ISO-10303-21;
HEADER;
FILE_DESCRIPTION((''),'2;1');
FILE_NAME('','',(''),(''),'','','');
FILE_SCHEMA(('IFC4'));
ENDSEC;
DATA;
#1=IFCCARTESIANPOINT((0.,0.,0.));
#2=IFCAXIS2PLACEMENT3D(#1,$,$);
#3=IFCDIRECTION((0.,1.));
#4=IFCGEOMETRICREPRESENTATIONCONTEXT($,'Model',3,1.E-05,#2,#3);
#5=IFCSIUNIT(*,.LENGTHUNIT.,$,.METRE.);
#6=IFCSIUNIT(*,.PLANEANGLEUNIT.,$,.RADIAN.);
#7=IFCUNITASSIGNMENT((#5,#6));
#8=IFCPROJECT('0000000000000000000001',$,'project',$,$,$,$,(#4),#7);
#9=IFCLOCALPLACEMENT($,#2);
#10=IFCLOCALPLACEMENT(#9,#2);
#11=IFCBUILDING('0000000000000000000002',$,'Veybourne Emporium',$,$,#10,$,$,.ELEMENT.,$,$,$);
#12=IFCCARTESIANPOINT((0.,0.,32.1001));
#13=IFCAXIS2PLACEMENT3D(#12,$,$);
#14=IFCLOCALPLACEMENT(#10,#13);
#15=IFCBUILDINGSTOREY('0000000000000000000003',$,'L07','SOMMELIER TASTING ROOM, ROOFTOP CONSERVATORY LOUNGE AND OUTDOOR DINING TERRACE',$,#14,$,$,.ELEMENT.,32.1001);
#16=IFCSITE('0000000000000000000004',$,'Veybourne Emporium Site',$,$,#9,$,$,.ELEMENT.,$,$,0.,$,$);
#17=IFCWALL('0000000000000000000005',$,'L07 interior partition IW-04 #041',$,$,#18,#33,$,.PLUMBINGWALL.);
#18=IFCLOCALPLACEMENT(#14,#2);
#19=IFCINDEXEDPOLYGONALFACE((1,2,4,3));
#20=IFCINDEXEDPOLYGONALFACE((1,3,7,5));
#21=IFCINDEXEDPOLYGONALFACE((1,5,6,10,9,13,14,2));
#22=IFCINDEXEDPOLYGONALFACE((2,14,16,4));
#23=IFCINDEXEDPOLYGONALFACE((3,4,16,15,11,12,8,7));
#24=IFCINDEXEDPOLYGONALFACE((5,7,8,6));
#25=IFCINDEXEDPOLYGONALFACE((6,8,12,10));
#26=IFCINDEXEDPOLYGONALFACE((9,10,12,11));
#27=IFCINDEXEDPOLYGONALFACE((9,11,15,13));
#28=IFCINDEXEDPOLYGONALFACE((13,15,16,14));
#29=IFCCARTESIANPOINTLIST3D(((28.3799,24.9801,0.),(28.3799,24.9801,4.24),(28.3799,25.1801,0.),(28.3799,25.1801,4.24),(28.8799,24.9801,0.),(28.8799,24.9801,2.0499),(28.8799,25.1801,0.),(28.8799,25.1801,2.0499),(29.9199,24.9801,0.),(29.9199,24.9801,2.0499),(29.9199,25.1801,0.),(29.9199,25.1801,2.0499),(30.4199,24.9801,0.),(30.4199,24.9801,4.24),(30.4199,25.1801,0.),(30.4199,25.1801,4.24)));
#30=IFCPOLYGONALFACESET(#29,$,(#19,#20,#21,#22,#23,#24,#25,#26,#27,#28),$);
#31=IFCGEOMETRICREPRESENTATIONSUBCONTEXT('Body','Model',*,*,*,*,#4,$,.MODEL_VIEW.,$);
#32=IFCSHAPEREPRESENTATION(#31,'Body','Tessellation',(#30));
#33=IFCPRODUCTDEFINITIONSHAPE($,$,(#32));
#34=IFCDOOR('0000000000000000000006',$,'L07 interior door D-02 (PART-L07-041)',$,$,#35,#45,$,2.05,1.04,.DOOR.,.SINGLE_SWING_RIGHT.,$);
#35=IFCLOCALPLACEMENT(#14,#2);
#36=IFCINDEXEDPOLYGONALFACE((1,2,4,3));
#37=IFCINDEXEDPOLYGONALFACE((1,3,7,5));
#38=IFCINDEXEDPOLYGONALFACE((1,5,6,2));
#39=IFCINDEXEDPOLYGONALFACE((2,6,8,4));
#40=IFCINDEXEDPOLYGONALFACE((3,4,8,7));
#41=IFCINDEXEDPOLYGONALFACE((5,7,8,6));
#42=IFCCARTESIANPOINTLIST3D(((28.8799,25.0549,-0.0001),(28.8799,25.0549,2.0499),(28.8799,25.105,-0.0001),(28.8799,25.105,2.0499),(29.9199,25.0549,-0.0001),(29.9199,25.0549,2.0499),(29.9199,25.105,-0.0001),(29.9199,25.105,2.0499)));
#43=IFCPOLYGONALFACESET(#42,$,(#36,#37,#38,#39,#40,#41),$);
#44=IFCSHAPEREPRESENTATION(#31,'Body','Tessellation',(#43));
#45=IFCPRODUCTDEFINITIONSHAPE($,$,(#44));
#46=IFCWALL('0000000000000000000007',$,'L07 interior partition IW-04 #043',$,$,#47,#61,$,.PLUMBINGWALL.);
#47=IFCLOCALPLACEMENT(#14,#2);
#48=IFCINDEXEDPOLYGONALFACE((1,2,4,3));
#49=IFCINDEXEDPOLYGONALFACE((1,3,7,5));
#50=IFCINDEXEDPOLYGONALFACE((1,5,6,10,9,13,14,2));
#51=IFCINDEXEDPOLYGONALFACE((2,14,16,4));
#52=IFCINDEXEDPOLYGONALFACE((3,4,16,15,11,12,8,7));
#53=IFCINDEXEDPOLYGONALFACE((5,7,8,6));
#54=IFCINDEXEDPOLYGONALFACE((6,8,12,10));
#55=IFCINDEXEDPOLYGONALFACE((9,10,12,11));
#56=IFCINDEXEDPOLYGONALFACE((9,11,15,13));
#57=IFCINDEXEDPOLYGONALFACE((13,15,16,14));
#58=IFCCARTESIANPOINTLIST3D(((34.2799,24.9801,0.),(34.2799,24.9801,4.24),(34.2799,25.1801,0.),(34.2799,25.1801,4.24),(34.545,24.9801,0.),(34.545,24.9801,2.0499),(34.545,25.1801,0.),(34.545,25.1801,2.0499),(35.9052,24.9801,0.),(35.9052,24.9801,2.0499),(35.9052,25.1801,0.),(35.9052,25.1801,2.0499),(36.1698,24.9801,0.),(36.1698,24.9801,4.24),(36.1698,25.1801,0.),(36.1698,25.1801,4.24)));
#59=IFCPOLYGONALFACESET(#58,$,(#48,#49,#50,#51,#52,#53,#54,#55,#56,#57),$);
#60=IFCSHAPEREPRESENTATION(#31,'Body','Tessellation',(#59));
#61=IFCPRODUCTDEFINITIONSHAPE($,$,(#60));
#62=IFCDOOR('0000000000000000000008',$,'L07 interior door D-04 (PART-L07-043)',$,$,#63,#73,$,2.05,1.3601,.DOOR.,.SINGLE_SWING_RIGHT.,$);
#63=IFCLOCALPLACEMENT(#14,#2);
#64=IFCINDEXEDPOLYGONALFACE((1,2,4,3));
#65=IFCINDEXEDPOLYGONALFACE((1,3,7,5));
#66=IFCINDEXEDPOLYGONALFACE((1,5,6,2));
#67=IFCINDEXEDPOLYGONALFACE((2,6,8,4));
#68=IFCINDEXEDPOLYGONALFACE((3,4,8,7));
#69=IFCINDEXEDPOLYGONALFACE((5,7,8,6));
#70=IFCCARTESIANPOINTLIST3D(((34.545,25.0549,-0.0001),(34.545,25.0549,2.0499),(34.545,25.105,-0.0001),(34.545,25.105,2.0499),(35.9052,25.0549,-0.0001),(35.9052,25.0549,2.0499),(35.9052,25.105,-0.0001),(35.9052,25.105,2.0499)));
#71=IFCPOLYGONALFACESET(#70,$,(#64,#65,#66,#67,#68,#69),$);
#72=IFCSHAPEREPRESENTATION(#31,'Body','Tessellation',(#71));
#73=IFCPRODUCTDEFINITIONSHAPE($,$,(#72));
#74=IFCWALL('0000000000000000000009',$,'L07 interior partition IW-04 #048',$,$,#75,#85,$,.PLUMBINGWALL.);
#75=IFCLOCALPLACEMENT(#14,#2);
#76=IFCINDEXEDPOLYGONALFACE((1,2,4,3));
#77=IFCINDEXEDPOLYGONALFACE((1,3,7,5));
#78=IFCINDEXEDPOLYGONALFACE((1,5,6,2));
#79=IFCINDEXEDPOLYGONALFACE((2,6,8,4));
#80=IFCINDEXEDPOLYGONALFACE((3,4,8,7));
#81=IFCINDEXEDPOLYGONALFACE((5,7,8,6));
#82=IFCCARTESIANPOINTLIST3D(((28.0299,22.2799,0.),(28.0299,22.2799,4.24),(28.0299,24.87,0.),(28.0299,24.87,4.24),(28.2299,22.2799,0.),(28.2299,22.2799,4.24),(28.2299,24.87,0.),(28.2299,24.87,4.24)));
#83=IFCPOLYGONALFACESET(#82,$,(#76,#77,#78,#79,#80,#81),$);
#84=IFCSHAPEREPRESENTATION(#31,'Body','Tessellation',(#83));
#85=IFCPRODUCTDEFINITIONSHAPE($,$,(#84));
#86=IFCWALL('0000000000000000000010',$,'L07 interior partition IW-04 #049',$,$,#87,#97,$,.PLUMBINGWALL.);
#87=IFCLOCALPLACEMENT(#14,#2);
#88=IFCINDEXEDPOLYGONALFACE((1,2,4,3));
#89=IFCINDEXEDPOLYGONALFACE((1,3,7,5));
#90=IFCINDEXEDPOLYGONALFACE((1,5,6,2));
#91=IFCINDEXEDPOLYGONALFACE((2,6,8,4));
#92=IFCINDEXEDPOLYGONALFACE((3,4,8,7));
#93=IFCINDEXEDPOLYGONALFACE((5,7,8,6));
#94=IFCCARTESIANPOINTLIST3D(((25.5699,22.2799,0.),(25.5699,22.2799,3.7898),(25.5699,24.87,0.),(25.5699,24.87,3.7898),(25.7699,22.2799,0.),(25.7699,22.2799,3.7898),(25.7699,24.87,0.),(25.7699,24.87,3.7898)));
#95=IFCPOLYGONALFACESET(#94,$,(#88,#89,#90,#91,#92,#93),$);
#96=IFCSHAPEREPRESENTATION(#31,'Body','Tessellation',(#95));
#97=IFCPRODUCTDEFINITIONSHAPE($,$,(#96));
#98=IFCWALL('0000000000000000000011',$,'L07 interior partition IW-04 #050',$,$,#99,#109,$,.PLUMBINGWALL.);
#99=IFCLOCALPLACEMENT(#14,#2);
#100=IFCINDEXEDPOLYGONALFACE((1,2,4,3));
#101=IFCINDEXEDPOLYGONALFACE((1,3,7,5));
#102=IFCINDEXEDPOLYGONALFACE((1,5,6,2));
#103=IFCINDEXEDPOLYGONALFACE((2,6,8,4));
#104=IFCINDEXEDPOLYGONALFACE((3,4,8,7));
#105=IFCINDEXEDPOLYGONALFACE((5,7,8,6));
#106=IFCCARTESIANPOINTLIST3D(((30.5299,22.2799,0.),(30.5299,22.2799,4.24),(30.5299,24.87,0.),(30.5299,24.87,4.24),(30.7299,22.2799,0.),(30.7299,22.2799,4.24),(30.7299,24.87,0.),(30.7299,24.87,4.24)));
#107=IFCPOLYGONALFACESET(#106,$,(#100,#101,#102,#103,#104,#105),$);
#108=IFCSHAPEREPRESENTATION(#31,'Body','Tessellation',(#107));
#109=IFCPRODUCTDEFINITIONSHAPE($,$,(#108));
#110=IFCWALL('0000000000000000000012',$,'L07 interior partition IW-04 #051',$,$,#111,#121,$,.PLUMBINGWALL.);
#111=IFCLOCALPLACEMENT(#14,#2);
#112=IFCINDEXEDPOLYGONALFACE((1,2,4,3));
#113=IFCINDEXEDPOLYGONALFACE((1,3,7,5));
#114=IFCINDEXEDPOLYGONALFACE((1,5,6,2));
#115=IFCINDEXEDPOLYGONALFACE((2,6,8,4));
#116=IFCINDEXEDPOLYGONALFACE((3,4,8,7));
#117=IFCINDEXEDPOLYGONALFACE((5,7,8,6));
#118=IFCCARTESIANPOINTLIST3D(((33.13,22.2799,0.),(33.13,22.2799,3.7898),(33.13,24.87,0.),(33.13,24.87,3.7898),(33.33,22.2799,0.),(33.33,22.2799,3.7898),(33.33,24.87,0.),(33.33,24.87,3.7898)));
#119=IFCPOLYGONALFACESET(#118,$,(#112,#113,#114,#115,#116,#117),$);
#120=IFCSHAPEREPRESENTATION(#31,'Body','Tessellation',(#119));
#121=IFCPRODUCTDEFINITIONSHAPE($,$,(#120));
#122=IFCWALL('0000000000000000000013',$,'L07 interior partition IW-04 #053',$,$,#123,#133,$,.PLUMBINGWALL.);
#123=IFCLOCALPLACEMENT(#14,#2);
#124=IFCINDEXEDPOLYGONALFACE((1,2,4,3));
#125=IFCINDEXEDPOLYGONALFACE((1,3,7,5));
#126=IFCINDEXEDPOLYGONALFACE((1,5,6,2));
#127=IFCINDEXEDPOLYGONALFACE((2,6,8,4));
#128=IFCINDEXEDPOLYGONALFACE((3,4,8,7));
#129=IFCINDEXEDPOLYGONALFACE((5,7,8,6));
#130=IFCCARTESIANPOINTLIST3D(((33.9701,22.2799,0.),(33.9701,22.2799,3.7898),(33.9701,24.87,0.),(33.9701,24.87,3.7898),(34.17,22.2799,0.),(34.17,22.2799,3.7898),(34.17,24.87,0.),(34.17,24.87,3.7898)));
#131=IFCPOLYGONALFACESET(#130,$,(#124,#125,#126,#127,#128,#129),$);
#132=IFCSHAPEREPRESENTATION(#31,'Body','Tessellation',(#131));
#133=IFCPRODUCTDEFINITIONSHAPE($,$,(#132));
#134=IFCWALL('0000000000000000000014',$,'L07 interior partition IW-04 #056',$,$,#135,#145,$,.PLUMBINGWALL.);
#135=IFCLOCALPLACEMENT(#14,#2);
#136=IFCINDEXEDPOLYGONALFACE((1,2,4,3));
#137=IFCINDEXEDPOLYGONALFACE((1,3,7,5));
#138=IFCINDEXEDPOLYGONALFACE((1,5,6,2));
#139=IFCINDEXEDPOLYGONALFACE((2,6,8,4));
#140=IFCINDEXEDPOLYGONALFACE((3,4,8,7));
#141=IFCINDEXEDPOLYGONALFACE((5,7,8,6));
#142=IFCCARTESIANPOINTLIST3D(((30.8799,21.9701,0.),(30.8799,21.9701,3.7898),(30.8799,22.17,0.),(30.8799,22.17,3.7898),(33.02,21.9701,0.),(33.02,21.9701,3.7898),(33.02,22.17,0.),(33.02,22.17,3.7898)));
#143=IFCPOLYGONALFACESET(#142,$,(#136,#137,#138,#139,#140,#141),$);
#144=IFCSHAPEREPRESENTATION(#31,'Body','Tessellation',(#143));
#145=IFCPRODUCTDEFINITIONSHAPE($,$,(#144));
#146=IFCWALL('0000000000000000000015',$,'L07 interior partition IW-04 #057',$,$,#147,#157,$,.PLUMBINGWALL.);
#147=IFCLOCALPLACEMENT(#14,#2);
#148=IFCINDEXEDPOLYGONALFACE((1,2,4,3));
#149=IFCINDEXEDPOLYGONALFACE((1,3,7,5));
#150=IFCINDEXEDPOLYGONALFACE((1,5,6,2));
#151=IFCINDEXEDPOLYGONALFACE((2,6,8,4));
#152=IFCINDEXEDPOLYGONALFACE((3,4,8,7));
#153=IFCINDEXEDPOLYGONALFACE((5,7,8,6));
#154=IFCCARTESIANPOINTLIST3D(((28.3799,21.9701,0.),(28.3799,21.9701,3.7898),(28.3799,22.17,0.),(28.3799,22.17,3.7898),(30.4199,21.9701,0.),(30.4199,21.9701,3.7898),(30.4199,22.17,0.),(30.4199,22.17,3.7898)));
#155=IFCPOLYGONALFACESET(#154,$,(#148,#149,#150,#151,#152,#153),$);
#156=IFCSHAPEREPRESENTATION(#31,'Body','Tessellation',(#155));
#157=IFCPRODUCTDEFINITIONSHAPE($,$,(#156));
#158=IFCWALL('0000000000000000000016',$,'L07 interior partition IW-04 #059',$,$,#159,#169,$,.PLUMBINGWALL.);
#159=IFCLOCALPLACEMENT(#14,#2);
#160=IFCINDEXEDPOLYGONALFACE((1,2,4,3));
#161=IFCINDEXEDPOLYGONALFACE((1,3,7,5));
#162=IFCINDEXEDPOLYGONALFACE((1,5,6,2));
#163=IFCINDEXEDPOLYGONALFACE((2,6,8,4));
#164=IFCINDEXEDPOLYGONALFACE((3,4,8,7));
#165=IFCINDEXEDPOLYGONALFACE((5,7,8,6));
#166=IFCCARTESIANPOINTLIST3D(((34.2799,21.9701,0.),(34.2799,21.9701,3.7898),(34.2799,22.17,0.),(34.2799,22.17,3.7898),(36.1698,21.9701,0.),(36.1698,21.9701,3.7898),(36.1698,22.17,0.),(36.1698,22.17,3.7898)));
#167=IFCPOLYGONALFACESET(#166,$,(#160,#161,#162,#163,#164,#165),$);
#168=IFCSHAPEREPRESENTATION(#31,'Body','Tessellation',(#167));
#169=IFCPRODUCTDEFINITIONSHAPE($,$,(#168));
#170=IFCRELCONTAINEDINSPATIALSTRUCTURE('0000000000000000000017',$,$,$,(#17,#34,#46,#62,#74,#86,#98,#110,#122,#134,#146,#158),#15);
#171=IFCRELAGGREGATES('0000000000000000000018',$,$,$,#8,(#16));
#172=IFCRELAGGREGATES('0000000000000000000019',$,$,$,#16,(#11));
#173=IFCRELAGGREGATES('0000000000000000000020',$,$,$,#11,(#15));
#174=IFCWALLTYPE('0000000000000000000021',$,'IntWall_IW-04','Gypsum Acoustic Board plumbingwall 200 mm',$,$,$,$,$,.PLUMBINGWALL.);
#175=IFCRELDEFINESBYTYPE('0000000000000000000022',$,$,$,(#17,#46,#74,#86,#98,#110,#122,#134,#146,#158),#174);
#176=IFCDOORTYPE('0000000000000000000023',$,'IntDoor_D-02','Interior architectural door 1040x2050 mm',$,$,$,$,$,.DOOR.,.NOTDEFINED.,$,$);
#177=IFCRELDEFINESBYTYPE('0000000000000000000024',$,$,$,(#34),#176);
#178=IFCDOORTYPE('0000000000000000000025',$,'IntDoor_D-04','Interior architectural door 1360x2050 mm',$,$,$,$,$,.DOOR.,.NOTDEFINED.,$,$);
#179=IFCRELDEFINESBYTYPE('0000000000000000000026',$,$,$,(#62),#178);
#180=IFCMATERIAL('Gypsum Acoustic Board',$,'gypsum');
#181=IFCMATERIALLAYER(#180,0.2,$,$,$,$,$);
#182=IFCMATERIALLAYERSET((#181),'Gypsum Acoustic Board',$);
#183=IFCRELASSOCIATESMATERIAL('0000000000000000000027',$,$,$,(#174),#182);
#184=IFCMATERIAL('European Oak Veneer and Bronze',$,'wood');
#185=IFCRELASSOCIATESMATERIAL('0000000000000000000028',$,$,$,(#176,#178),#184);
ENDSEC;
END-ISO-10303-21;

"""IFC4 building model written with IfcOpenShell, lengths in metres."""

from ifc_helpers import new_model, si_unit, direction, frame, frame_2d, origin, place, context, subcontext, project, spatial, rectangle, extrude, material, layer, layer_set, type_object, element, fill, save


model = new_model("IFC4")

# Units and contexts
model_context = context("Model", 3, precision=1e-05, world=origin(), true_north=direction((0.0, 1.0)))
body_context = subcontext(model_context, "Body", "Model", "MODEL_VIEW")
ifc_project = project(units=[si_unit("LENGTHUNIT", "METRE"), si_unit("PLANEANGLEUNIT", "RADIAN")], contexts=[model_context])

# Site, building, storey
site_placement = place(None, origin())
site = spatial("IfcSite", under=ifc_project, at=site_placement, Name="Veybourne Emporium Site", CompositionType="ELEMENT", RefElevation=0.0)
building_placement = place(site_placement, origin())
building = spatial("IfcBuilding", under=site, at=building_placement, Name="Veybourne Emporium", CompositionType="ELEMENT")
storey_placement = place(building_placement, frame((0.0, 0.0, 32.1001)))
storey = spatial("IfcBuildingStorey", under=building, at=storey_placement, Name="L07", Description="SOMMELIER TASTING ROOM, ROOFTOP CONSERVATORY LOUNGE AND OUTDOOR DINING TERRACE", CompositionType="ELEMENT", Elevation=32.1001)

# Walls, openings, doors
ifc_material_1 = material(Name="Gypsum Acoustic Board", Category="gypsum")
ifc_layer = layer(ifc_material_1, 0.2)
ifc_layer_set = layer_set([ifc_layer], Name="Gypsum Acoustic Board")
wall_type = type_object("IfcWallType", Name="IntWall_IW-04", Description="Gypsum Acoustic Board plumbingwall 200 mm", PredefinedType="PLUMBINGWALL", material=ifc_layer_set)
ifc_material_2 = material(Name="European Oak Veneer and Bronze", Category="wood")
wall_1_placement = place(storey_placement, frame((28.3799, 25.0801, 0.0), z_axis=(0.0, 0.0, 1.0), x_axis=(1.0, 0.0, 0.0)))
wall_1 = element("IfcWall", 1, at=wall_1_placement, inside=storey, type_object=wall_type, Name="L07 interior partition IW-04 #041", PredefinedType="PLUMBINGWALL", context=body_context, shape_type="SweptSolid", body=[
    extrude(rectangle(XDim=2.04, YDim=0.2, at=frame_2d((1.02, 0.0))), origin(), (0.0, 0.0, 1.0), 4.24),
])
opening_1_placement = place(wall_1_placement, frame((0.5, 0.0, 0.0)))
opening_1 = element("IfcOpeningElement", 2, at=opening_1_placement, cuts=wall_1, PredefinedType="OPENING", context=body_context, shape_type="SweptSolid", body=[
    extrude(rectangle(XDim=1.04, YDim=2.05, at=frame_2d((0.52, 1.0249))), frame((0.0, 0.1201, 0.0), z_axis=(0.0, -1.0, 0.0), x_axis=(1.0, 0.0, 0.0)), (0.0, 0.0, 1.0), 0.24),
])
door_type_1 = type_object("IfcDoorType", Name="IntDoor_D-02", Description="Interior architectural door 1040x2050 mm", OperationType="NOTDEFINED", PredefinedType="DOOR", material=ifc_material_2)
door_1_placement = place(opening_1_placement, origin())
door_1 = element("IfcDoor", 3, at=door_1_placement, inside=storey, type_object=door_type_1, Name="L07 interior door D-02 (PART-L07-041)", OperationType="SINGLE_SWING_RIGHT", OverallHeight=2.05, OverallWidth=1.04, PredefinedType="DOOR", context=body_context, shape_type="SweptSolid", body=[
    extrude(rectangle(XDim=1.04, YDim=2.05, at=frame_2d((0.52, 1.0249))), frame((0.0, 0.0249, 0.0), z_axis=(0.0, -1.0, 0.0), x_axis=(1.0, 0.0, 0.0)), (0.0, 0.0, 1.0), 0.05),
])
fill(opening_1, door_1)
wall_2_placement = place(storey_placement, frame((34.28, 25.0801, 0.0), z_axis=(0.0, 0.0, 1.0), x_axis=(1.0, 0.0, 0.0)))
wall_2 = element("IfcWall", 4, at=wall_2_placement, inside=storey, type_object=wall_type, Name="L07 interior partition IW-04 #043", PredefinedType="PLUMBINGWALL", context=body_context, shape_type="SweptSolid", body=[
    extrude(rectangle(XDim=1.8899, YDim=0.2, at=frame_2d((0.9448, 0.0))), origin(), (0.0, 0.0, 1.0), 4.24),
])
opening_2_placement = place(wall_2_placement, frame((0.2649, 0.0, 0.0)))
opening_2 = element("IfcOpeningElement", 5, at=opening_2_placement, cuts=wall_2, PredefinedType="OPENING", context=body_context, shape_type="SweptSolid", body=[
    extrude(rectangle(XDim=1.3601, YDim=2.05, at=frame_2d((0.6802, 1.0249))), frame((0.0, 0.1201, 0.0), z_axis=(0.0, -1.0, 0.0), x_axis=(1.0, 0.0, 0.0)), (0.0, 0.0, 1.0), 0.24),
])
door_type_2 = type_object("IfcDoorType", Name="IntDoor_D-04", Description="Interior architectural door 1360x2050 mm", OperationType="NOTDEFINED", PredefinedType="DOOR", material=ifc_material_2)
door_2_placement = place(opening_2_placement, origin())
door_2 = element("IfcDoor", 6, at=door_2_placement, inside=storey, type_object=door_type_2, Name="L07 interior door D-04 (PART-L07-043)", OperationType="SINGLE_SWING_RIGHT", OverallHeight=2.05, OverallWidth=1.3601, PredefinedType="DOOR", context=body_context, shape_type="SweptSolid", body=[
    extrude(rectangle(XDim=1.3601, YDim=2.05, at=frame_2d((0.6802, 1.0249))), frame((0.0, 0.0249, 0.0), z_axis=(0.0, -1.0, 0.0), x_axis=(1.0, 0.0, 0.0)), (0.0, 0.0, 1.0), 0.05),
])
fill(opening_2, door_2)

# Walls
wall_3_placement = place(storey_placement, frame((28.1299, 22.28, 0.0), z_axis=(0.0, 0.0, 1.0), x_axis=(0.0, 1.0, 0.0)))
element("IfcWall", 7, at=wall_3_placement, inside=storey, type_object=wall_type, Name="L07 interior partition IW-04 #048", PredefinedType="PLUMBINGWALL", context=body_context, shape_type="SweptSolid", body=[
    extrude(rectangle(XDim=2.5901, YDim=0.2, at=frame_2d((1.2949, 0.0))), origin(), (0.0, 0.0, 1.0), 4.24),
])
wall_4_placement = place(storey_placement, frame((25.6699, 22.28, 0.0), z_axis=(0.0, 0.0, 1.0), x_axis=(0.0, 1.0, 0.0)))
element("IfcWall", 8, at=wall_4_placement, inside=storey, type_object=wall_type, Name="L07 interior partition IW-04 #049", PredefinedType="PLUMBINGWALL", context=body_context, shape_type="SweptSolid", body=[
    extrude(rectangle(XDim=2.5901, YDim=0.2, at=frame_2d((1.2949, 0.0))), origin(), (0.0, 0.0, 1.0), 3.7898),
])
wall_5_placement = place(storey_placement, frame((30.6299, 22.28, 0.0), z_axis=(0.0, 0.0, 1.0), x_axis=(0.0, 1.0, 0.0)))
element("IfcWall", 9, at=wall_5_placement, inside=storey, type_object=wall_type, Name="L07 interior partition IW-04 #050", PredefinedType="PLUMBINGWALL", context=body_context, shape_type="SweptSolid", body=[
    extrude(rectangle(XDim=2.5901, YDim=0.2, at=frame_2d((1.2949, 0.0))), origin(), (0.0, 0.0, 1.0), 4.24),
])
for number, where, z_axis, x_axis, name in (
    (10, (33.23, 22.28, 0.0), (0.0, 0.0, 1.0), (0.0, 1.0, 0.0), "L07 interior partition IW-04 #051"),
    (11, (34.0701, 22.28, 0.0), (0.0, 0.0, 1.0), (0.0, 1.0, 0.0), "L07 interior partition IW-04 #053"),
):
    element("IfcWall", number, at=place(storey_placement, frame(where, z_axis=z_axis, x_axis=x_axis)), inside=storey, type_object=wall_type, Name=name, PredefinedType="PLUMBINGWALL", context=body_context, shape_type="SweptSolid", body=[
        extrude(rectangle(XDim=2.5901, YDim=0.2, at=frame_2d((1.2949, 0.0))), origin(), (0.0, 0.0, 1.0), 3.7898),
    ])
wall_6_placement = place(storey_placement, frame((30.8799, 22.0701, 0.0), z_axis=(0.0, 0.0, 1.0), x_axis=(1.0, 0.0, 0.0)))
element("IfcWall", 12, at=wall_6_placement, inside=storey, type_object=wall_type, Name="L07 interior partition IW-04 #056", PredefinedType="PLUMBINGWALL", context=body_context, shape_type="SweptSolid", body=[
    extrude(rectangle(XDim=2.1401, YDim=0.2, at=frame_2d((1.0701, 0.0))), origin(), (0.0, 0.0, 1.0), 3.7898),
])
wall_7_placement = place(storey_placement, frame((28.3799, 22.0701, 0.0), z_axis=(0.0, 0.0, 1.0), x_axis=(1.0, 0.0, 0.0)))
element("IfcWall", 13, at=wall_7_placement, inside=storey, type_object=wall_type, Name="L07 interior partition IW-04 #057", PredefinedType="PLUMBINGWALL", context=body_context, shape_type="SweptSolid", body=[
    extrude(rectangle(XDim=2.04, YDim=0.2, at=frame_2d((1.02, 0.0))), origin(), (0.0, 0.0, 1.0), 3.7898),
])
wall_8_placement = place(storey_placement, frame((34.28, 22.0701, 0.0), z_axis=(0.0, 0.0, 1.0), x_axis=(1.0, 0.0, 0.0)))
element("IfcWall", 14, at=wall_8_placement, inside=storey, type_object=wall_type, Name="L07 interior partition IW-04 #059", PredefinedType="PLUMBINGWALL", context=body_context, shape_type="SweptSolid", body=[
    extrude(rectangle(XDim=1.8899, YDim=0.2, at=frame_2d((0.9448, 0.0))), origin(), (0.0, 0.0, 1.0), 3.7898),
])

save(model, "model.ifc")
